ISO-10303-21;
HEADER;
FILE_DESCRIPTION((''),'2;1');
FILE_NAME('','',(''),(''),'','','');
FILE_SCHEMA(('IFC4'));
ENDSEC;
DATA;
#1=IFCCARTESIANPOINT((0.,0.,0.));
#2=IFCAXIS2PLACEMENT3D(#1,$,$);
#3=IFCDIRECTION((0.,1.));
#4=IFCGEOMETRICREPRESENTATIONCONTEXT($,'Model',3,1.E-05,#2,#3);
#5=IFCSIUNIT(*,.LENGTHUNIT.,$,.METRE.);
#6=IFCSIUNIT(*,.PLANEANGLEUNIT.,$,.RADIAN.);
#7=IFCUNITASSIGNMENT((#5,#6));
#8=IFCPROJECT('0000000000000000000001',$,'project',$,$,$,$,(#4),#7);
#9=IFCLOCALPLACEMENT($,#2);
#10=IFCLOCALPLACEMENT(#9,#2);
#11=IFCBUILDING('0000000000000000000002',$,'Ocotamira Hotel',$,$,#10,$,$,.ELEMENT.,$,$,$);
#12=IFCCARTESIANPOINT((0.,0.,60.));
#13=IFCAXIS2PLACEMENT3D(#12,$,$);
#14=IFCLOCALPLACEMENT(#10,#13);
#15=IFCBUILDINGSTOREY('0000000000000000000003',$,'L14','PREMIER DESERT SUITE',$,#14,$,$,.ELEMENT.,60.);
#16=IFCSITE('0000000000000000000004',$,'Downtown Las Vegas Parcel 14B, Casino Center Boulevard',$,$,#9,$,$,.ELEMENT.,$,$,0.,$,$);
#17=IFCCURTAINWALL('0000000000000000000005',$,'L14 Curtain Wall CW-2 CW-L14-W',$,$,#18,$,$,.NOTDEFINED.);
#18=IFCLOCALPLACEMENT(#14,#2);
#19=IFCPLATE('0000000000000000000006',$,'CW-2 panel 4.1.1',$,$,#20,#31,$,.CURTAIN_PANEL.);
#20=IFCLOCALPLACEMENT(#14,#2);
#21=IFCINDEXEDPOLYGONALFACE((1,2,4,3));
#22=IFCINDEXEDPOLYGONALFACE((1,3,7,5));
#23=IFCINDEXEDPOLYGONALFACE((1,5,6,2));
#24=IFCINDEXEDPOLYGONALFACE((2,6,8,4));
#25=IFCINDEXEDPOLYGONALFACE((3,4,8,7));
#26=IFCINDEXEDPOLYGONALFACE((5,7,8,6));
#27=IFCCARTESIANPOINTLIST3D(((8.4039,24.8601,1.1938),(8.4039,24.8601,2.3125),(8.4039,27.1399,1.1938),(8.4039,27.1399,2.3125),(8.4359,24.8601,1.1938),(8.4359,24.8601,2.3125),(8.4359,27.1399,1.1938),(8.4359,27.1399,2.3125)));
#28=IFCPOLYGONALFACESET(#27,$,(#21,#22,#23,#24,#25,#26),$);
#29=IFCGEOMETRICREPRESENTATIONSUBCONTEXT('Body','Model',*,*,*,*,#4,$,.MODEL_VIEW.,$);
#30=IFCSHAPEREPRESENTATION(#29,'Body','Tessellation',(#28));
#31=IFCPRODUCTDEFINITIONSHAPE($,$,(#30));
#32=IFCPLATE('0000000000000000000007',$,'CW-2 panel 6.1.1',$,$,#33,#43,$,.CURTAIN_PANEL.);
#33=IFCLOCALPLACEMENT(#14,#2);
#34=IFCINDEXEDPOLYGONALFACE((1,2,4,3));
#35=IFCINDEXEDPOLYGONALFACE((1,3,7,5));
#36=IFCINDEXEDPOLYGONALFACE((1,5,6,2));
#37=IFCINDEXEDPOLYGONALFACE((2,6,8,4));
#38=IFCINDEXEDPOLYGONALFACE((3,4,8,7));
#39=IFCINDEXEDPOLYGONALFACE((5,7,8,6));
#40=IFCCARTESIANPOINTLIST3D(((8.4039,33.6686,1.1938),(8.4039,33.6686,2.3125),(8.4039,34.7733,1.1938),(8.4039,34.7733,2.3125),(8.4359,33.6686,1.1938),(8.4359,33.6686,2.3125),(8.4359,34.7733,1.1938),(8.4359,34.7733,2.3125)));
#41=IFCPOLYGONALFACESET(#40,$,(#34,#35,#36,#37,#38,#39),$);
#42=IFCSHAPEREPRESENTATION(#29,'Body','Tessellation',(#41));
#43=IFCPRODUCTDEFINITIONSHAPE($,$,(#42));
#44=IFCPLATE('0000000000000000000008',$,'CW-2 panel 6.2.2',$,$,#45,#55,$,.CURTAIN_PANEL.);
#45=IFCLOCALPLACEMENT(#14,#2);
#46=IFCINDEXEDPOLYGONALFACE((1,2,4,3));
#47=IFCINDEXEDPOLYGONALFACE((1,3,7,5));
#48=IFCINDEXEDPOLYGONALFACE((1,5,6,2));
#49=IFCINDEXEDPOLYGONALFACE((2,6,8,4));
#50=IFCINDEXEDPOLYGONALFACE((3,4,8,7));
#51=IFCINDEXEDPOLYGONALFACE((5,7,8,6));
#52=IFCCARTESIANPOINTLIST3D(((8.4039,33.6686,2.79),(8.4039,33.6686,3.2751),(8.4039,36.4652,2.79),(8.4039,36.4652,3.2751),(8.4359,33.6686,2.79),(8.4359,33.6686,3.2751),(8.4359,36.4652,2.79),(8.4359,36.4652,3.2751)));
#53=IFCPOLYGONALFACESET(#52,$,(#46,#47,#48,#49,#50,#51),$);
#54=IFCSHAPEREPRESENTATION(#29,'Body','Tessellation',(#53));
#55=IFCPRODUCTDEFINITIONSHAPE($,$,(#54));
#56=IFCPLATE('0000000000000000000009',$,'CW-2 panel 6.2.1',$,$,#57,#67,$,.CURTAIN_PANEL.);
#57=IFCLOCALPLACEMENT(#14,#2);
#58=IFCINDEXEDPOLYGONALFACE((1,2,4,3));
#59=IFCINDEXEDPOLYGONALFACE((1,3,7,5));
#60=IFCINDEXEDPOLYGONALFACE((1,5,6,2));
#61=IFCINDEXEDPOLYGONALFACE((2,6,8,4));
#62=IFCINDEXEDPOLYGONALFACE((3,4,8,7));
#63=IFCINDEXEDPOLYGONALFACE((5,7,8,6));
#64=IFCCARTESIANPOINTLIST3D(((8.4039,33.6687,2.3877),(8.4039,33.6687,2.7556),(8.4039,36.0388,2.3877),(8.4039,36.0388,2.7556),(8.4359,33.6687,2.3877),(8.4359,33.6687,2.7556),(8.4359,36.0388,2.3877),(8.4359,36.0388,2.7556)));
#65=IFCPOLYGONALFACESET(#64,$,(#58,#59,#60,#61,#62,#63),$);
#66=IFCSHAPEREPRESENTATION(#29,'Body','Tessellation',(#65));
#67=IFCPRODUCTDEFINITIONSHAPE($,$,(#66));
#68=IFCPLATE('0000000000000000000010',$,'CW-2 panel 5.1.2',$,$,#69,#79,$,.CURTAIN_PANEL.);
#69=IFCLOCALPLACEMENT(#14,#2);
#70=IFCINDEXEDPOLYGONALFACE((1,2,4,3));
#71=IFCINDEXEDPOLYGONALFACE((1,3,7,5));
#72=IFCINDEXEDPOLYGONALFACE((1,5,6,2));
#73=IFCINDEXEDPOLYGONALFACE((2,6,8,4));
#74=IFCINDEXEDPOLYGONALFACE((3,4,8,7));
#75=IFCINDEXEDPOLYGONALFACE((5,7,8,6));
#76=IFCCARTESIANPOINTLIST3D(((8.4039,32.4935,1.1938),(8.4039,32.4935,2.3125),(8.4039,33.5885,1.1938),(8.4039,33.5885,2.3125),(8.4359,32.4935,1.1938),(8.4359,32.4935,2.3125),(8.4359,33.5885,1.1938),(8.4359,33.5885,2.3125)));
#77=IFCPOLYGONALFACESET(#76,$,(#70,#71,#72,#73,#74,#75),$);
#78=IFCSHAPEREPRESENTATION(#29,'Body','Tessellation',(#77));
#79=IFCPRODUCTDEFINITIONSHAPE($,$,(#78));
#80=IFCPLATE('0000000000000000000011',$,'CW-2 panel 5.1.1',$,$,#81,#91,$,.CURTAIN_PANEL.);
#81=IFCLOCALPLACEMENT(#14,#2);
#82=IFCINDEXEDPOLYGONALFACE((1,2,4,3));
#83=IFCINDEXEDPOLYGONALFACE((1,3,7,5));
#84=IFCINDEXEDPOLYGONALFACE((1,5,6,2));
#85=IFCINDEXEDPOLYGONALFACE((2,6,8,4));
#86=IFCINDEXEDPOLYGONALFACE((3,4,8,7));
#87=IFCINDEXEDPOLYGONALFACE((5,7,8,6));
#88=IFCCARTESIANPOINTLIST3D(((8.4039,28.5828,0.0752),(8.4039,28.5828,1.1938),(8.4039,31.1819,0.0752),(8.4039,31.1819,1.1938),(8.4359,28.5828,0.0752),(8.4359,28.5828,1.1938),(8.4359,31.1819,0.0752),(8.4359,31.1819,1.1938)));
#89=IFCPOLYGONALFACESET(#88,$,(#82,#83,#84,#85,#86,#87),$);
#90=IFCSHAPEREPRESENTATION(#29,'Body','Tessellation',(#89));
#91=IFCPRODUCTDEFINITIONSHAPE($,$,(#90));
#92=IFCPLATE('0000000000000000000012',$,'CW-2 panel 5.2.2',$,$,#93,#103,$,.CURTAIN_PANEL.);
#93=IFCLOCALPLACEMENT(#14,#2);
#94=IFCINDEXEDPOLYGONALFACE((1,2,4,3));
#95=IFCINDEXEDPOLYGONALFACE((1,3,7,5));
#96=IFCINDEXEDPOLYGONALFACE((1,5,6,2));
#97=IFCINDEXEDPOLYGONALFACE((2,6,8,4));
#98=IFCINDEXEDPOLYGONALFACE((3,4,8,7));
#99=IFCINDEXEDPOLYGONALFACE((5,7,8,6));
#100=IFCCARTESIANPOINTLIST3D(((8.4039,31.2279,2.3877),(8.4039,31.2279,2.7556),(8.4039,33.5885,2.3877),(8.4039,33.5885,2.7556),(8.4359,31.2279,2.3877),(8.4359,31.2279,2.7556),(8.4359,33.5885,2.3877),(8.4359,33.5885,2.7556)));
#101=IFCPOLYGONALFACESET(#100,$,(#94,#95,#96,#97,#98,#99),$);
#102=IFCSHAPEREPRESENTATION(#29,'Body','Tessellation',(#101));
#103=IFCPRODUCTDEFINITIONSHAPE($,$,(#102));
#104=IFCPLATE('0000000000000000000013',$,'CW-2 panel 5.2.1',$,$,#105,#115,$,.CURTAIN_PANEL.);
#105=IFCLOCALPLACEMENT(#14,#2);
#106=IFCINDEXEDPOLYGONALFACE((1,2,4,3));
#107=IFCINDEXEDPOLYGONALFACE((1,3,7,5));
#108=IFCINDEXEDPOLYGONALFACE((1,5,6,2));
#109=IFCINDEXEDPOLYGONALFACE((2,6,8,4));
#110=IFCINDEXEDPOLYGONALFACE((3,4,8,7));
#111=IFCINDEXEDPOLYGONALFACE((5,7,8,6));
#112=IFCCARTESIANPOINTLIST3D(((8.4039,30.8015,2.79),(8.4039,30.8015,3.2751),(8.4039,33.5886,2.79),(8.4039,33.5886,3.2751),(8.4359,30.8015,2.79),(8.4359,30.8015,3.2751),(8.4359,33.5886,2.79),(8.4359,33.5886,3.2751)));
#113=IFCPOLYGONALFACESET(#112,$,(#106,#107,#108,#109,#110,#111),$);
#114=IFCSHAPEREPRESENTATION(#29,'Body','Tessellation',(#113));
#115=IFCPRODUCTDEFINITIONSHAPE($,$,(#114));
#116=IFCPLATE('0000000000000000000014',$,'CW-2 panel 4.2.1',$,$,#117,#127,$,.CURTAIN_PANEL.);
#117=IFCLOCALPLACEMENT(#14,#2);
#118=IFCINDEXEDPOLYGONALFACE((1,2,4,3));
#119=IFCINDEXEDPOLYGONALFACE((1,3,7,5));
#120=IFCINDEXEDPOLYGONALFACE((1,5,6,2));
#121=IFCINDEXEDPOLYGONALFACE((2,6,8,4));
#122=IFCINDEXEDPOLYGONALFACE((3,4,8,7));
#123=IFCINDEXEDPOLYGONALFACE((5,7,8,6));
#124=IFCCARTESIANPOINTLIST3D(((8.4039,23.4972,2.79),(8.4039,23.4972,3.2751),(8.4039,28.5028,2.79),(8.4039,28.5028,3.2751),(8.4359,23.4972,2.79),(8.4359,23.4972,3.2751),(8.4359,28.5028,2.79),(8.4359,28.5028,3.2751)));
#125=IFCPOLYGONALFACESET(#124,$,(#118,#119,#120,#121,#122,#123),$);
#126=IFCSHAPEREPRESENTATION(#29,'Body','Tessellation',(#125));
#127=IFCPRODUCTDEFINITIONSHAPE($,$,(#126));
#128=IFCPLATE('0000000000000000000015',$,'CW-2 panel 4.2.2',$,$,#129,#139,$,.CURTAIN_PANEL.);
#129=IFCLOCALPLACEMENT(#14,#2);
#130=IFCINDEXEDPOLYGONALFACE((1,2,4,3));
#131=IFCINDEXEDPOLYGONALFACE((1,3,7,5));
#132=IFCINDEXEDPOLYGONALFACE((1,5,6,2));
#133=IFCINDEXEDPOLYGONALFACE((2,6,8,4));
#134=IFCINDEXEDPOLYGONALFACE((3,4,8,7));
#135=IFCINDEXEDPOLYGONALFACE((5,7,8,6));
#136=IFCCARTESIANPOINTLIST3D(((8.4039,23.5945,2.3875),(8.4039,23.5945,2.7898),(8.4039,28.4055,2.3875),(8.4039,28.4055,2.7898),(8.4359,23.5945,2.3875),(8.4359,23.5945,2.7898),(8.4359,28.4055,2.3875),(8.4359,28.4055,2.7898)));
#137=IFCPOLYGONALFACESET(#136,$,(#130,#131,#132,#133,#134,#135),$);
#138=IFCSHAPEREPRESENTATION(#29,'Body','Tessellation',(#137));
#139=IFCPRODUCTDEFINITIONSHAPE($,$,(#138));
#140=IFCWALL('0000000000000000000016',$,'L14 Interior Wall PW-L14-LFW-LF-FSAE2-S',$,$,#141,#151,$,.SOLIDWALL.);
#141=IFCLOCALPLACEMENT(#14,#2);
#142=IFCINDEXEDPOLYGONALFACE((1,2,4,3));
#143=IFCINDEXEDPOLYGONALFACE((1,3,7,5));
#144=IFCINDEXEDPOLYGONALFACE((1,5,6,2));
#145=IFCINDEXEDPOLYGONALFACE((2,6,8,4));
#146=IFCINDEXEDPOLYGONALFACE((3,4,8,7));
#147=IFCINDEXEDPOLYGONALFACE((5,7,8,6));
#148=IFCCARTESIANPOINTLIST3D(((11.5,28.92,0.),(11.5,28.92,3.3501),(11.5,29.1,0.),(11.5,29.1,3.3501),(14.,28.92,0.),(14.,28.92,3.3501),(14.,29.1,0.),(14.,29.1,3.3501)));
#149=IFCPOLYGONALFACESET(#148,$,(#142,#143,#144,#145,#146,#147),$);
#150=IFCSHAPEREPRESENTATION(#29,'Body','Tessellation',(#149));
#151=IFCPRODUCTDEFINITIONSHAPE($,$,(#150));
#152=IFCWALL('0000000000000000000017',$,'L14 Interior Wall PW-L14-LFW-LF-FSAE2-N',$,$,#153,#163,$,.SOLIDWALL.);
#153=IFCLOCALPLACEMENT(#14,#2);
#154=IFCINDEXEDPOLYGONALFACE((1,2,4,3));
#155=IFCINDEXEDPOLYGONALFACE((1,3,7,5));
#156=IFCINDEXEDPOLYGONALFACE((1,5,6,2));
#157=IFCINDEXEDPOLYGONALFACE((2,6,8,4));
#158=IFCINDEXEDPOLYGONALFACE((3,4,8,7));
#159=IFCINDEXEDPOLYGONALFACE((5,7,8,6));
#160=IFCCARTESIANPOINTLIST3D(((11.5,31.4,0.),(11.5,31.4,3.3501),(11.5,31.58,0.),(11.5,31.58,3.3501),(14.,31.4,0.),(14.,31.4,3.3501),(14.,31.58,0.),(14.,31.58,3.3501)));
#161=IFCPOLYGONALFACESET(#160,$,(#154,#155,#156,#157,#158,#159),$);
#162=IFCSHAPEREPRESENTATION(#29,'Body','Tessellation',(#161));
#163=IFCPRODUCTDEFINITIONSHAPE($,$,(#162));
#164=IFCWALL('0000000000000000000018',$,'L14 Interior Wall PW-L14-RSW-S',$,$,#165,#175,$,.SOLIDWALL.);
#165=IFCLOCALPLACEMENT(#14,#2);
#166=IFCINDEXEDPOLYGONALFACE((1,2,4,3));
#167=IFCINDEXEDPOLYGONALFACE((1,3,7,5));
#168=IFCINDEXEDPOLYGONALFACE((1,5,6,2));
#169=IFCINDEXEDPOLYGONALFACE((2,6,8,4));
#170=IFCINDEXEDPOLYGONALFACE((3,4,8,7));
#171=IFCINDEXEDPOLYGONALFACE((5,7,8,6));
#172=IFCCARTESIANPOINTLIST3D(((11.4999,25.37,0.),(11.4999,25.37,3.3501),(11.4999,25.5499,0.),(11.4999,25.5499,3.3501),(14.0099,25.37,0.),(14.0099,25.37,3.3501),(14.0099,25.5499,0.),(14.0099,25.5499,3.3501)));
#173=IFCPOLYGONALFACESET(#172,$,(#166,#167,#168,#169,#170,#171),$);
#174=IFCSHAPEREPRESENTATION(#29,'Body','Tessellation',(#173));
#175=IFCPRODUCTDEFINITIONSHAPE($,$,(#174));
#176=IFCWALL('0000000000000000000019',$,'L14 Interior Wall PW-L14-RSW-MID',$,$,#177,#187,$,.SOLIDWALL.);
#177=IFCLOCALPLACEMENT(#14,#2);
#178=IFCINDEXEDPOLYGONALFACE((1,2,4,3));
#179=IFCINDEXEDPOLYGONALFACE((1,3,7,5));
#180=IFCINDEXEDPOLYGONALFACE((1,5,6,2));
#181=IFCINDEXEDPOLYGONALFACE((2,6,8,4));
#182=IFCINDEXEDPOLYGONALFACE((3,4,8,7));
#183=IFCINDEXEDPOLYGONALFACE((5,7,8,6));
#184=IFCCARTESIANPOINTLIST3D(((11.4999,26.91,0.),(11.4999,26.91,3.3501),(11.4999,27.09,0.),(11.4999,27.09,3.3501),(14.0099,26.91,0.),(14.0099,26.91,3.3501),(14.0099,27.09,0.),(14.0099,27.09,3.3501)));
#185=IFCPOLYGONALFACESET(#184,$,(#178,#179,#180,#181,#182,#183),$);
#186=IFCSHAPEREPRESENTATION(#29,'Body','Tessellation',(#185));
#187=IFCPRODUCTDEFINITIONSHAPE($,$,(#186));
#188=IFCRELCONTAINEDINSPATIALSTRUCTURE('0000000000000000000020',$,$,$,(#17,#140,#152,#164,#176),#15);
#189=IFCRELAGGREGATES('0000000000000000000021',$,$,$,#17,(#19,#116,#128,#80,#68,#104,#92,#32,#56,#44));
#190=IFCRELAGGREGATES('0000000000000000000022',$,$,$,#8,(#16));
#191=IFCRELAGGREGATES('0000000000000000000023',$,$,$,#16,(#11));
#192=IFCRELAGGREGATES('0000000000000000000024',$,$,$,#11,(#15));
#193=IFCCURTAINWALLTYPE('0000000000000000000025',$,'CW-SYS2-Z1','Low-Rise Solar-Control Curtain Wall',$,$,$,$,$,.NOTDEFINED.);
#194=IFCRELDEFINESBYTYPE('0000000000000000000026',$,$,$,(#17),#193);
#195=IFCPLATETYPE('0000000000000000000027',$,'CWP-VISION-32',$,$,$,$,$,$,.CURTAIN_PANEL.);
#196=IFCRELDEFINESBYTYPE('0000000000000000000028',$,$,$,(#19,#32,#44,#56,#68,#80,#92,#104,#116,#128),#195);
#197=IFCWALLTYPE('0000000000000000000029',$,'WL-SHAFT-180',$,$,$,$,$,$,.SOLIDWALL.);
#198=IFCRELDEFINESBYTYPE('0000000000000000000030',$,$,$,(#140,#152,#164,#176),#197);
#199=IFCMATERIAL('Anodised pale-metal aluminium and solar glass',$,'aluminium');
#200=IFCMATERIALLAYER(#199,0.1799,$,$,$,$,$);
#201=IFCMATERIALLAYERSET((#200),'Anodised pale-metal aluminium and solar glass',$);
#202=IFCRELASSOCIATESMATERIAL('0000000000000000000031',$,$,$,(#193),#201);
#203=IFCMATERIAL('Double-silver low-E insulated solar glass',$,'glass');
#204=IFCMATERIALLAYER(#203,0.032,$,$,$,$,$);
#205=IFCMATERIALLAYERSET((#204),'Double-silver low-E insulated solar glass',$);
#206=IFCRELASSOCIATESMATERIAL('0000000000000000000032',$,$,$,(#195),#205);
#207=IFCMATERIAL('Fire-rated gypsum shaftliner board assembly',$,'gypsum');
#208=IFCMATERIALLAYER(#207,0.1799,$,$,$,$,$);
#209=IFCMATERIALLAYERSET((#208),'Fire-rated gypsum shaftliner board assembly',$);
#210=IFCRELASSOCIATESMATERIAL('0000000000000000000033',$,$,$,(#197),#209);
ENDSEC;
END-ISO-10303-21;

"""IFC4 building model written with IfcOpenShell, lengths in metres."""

from ifc_helpers import new_model, si_unit, direction, frame, frame_2d, origin, origin_2d, place, context, subcontext, project, spatial, rectangle, extrude, source, transform, mapped, material, layer, layer_set, type_object, element, aggregate, save


model = new_model("IFC4")

# Units and contexts
model_context = context("Model", 3, precision=1e-05, world=origin(), true_north=direction((0.0, 1.0)))
body_context = subcontext(model_context, "Body", "Model", "MODEL_VIEW")
ifc_project = project(units=[si_unit("LENGTHUNIT", "METRE"), si_unit("PLANEANGLEUNIT", "RADIAN")], contexts=[model_context])

# Site, building, storey
site_placement = place(None, origin())
site = spatial("IfcSite", under=ifc_project, at=site_placement, Name="Downtown Las Vegas Parcel 14B, Casino Center Boulevard", CompositionType="ELEMENT", RefElevation=0.0)
building_placement = place(site_placement, origin())
building = spatial("IfcBuilding", under=site, at=building_placement, Name="Ocotamira Hotel", CompositionType="ELEMENT")
storey_placement = place(building_placement, frame((0.0, 0.0, 60.0)))
storey = spatial("IfcBuildingStorey", under=building, at=storey_placement, Name="L14", Description="PREMIER DESERT SUITE", CompositionType="ELEMENT", Elevation=60.0)

# Curtain wall
ifc_material_1 = material(Name="Anodised pale-metal aluminium and solar glass", Category="aluminium")
ifc_layer_1 = layer(ifc_material_1, 0.1799)
ifc_layer_set_1 = layer_set([ifc_layer_1], Name="Anodised pale-metal aluminium and solar glass")
curtain_wall_type = type_object("IfcCurtainWallType", Name="CW-SYS2-Z1", Description="Low-Rise Solar-Control Curtain Wall", PredefinedType="NOTDEFINED", material=ifc_layer_set_1)
curtain_wall_placement = place(storey_placement, origin())
curtain_wall = element("IfcCurtainWall", 1, at=curtain_wall_placement, inside=storey, type_object=curtain_wall_type, Name="L14 Curtain Wall CW-2 CW-L14-W", PredefinedType="NOTDEFINED")

# Plates
ifc_material_2 = material(Name="Double-silver low-E insulated solar glass", Category="glass")
ifc_layer_2 = layer(ifc_material_2, 0.032)
ifc_layer_set_2 = layer_set([ifc_layer_2], Name="Double-silver low-E insulated solar glass")
plate_type_1 = type_object("IfcPlateType", Name="CWP-VISION-32", PredefinedType="CURTAIN_PANEL", material=ifc_layer_set_2)
shared_shape_1 = source(origin(), body_context, "Body", "SweptSolid", [
    extrude(rectangle(XDim=2.2798, YDim=0.032, at=origin_2d()), origin(), (0.0, 0.0, 1.0), 1.1187),
])
plate_1_placement = place(storey_placement, frame((8.4199, 26.0, 1.1938), z_axis=(0.0, 0.0, 1.0), x_axis=(0.0, 1.0, 0.0)))
plate_1 = element("IfcPlate", 2, at=plate_1_placement, type_object=plate_type_1, Name="CW-2 panel 4.1.1", PredefinedType="CURTAIN_PANEL", context=body_context, shape_type="MappedRepresentation", body=[
    mapped(shared_shape_1, transform((0.0, 0.0, 0.0), scale=1.0)),
])
shared_shape_2 = source(origin(), body_context, "Body", "SweptSolid", [
    extrude(rectangle(XDim=1.1047, YDim=0.032, at=origin_2d()), origin(), (0.0, 0.0, 1.0), 1.1187),
])
plate_2_placement = place(storey_placement, frame((8.4199, 34.2209, 1.1938), z_axis=(0.0, 0.0, 1.0), x_axis=(0.0, 1.0, 0.0)))
plate_2 = element("IfcPlate", 3, at=plate_2_placement, type_object=plate_type_1, Name="CW-2 panel 6.1.1", PredefinedType="CURTAIN_PANEL", context=body_context, shape_type="MappedRepresentation", body=[
    mapped(shared_shape_2, transform((0.0, 0.0, 0.0), scale=1.0)),
])
shared_shape_3 = source(origin(), body_context, "Body", "SweptSolid", [
    extrude(rectangle(XDim=2.7966, YDim=0.032, at=origin_2d()), origin(), (0.0, 0.0, 1.0), 0.4851),
])
plate_3_placement = place(storey_placement, frame((8.4199, 35.0669, 2.79), z_axis=(0.0, 0.0, 1.0), x_axis=(0.0, 1.0, 0.0)))
plate_3 = element("IfcPlate", 4, at=plate_3_placement, type_object=plate_type_1, Name="CW-2 panel 6.2.2", PredefinedType="CURTAIN_PANEL", context=body_context, shape_type="MappedRepresentation", body=[
    mapped(shared_shape_3, transform((0.0, 0.0, 0.0), scale=1.0)),
])
shared_shape_4 = source(origin(), body_context, "Body", "SweptSolid", [
    extrude(rectangle(XDim=2.3701, YDim=0.032, at=origin_2d()), origin(), (0.0, 0.0, 1.0), 0.3679),
])
plate_4_placement = place(storey_placement, frame((8.4199, 34.8538, 2.3877), z_axis=(0.0, 0.0, 1.0), x_axis=(0.0, 1.0, 0.0)))
plate_4 = element("IfcPlate", 5, at=plate_4_placement, type_object=plate_type_1, Name="CW-2 panel 6.2.1", PredefinedType="CURTAIN_PANEL", context=body_context, shape_type="MappedRepresentation", body=[
    mapped(shared_shape_4, transform((0.0, 0.0, 0.0), scale=1.0)),
])
shared_shape_5 = source(origin(), body_context, "Body", "SweptSolid", [
    extrude(rectangle(XDim=1.095, YDim=0.032, at=origin_2d()), origin(), (0.0, 0.0, 1.0), 1.1187),
])
plate_5_placement = place(storey_placement, frame((8.4199, 33.041, 1.1938), z_axis=(0.0, 0.0, 1.0), x_axis=(0.0, 1.0, 0.0)))
plate_5 = element("IfcPlate", 6, at=plate_5_placement, type_object=plate_type_1, Name="CW-2 panel 5.1.2", PredefinedType="CURTAIN_PANEL", context=body_context, shape_type="MappedRepresentation", body=[
    mapped(shared_shape_5, transform((0.0, 0.0, 0.0), scale=1.0)),
])
shared_shape_6 = source(origin(), body_context, "Body", "SweptSolid", [
    extrude(rectangle(XDim=2.5991, YDim=0.032, at=origin_2d()), origin(), (0.0, 0.0, 1.0), 1.1187),
])
plate_6_placement = place(storey_placement, frame((8.4199, 29.8823, 0.0752), z_axis=(0.0, 0.0, 1.0), x_axis=(0.0, 1.0, 0.0)))
plate_6 = element("IfcPlate", 7, at=plate_6_placement, type_object=plate_type_1, Name="CW-2 panel 5.1.1", PredefinedType="CURTAIN_PANEL", context=body_context, shape_type="MappedRepresentation", body=[
    mapped(shared_shape_6, transform((0.0, 0.0, 0.0), scale=1.0)),
])
shared_shape_7 = source(origin(), body_context, "Body", "SweptSolid", [
    extrude(rectangle(XDim=2.3606, YDim=0.032, at=origin_2d()), origin(), (0.0, 0.0, 1.0), 0.3679),
])
plate_7_placement = place(storey_placement, frame((8.4199, 32.4082, 2.3877), z_axis=(0.0, 0.0, 1.0), x_axis=(0.0, 1.0, 0.0)))
plate_7 = element("IfcPlate", 8, at=plate_7_placement, type_object=plate_type_1, Name="CW-2 panel 5.2.2", PredefinedType="CURTAIN_PANEL", context=body_context, shape_type="MappedRepresentation", body=[
    mapped(shared_shape_7, transform((0.0, 0.0, 0.0), scale=1.0)),
])
shared_shape_8 = source(origin(), body_context, "Body", "SweptSolid", [
    extrude(rectangle(XDim=2.7871, YDim=0.032, at=origin_2d()), origin(), (0.0, 0.0, 1.0), 0.4851),
])
plate_8_placement = place(storey_placement, frame((8.4199, 32.1951, 2.79), z_axis=(0.0, 0.0, 1.0), x_axis=(0.0, 1.0, 0.0)))
plate_8 = element("IfcPlate", 9, at=plate_8_placement, type_object=plate_type_1, Name="CW-2 panel 5.2.1", PredefinedType="CURTAIN_PANEL", context=body_context, shape_type="MappedRepresentation", body=[
    mapped(shared_shape_8, transform((0.0, 0.0, 0.0), scale=1.0)),
])
shared_shape_9 = source(origin(), body_context, "Body", "SweptSolid", [
    extrude(rectangle(XDim=5.0056, YDim=0.032, at=origin_2d()), origin(), (0.0, 0.0, 1.0), 0.4851),
])
plate_9_placement = place(storey_placement, frame((8.4199, 26.0, 2.79), z_axis=(0.0, 0.0, 1.0), x_axis=(0.0, 1.0, 0.0)))
plate_9 = element("IfcPlate", 10, at=plate_9_placement, type_object=plate_type_1, Name="CW-2 panel 4.2.1", PredefinedType="CURTAIN_PANEL", context=body_context, shape_type="MappedRepresentation", body=[
    mapped(shared_shape_9, transform((0.0, 0.0, 0.0), scale=1.0)),
])
shared_shape_10 = source(origin(), body_context, "Body", "SweptSolid", [
    extrude(rectangle(XDim=4.811, YDim=0.032, at=origin_2d()), origin(), (0.0, 0.0, 1.0), 0.4023),
])
plate_10_placement = place(storey_placement, frame((8.4199, 26.0, 2.3875), z_axis=(0.0, 0.0, 1.0), x_axis=(0.0, 1.0, 0.0)))
plate_10 = element("IfcPlate", 11, at=plate_10_placement, type_object=plate_type_1, Name="CW-2 panel 4.2.2", PredefinedType="CURTAIN_PANEL", context=body_context, shape_type="MappedRepresentation", body=[
    mapped(shared_shape_10, transform((0.0, 0.0, 0.0), scale=1.0)),
])
aggregate(curtain_wall, [plate_1, plate_9, plate_10, plate_6, plate_5, plate_8, plate_7, plate_2, plate_4, plate_3])

# Walls
ifc_material_3 = material(Name="Fire-rated gypsum shaftliner board assembly", Category="gypsum")
ifc_layer_3 = layer(ifc_material_3, 0.1799)
ifc_layer_set_3 = layer_set([ifc_layer_3], Name="Fire-rated gypsum shaftliner board assembly")
wall_type_1 = type_object("IfcWallType", Name="WL-SHAFT-180", PredefinedType="SOLIDWALL", material=ifc_layer_set_3)
for number, where, z_axis, x_axis, name in (
    (12, (11.5, 29.01, 0.0), (0.0, 0.0, 1.0), (1.0, 0.0, 0.0), "L14 Interior Wall PW-L14-LFW-LF-FSAE2-S"),
    (13, (11.5, 31.49, 0.0), (0.0, 0.0, 1.0), (1.0, 0.0, 0.0), "L14 Interior Wall PW-L14-LFW-LF-FSAE2-N"),
):
    element("IfcWall", number, at=place(storey_placement, frame(where, z_axis=z_axis, x_axis=x_axis)), inside=storey, type_object=wall_type_1, Name=name, PredefinedType="SOLIDWALL", context=body_context, shape_type="SweptSolid", body=[
        extrude(rectangle(XDim=2.5, YDim=0.1799, at=frame_2d((1.25, 0.0))), origin(), (0.0, 0.0, 1.0), 3.3501),
    ])
for number, where, z_axis, x_axis, name in (
    (14, (11.5, 25.46, 0.0), (0.0, 0.0, 1.0), (1.0, 0.0, 0.0), "L14 Interior Wall PW-L14-RSW-S"),
    (15, (11.5, 27.0, 0.0), (0.0, 0.0, 1.0), (1.0, 0.0, 0.0), "L14 Interior Wall PW-L14-RSW-MID"),
):
    element("IfcWall", number, at=place(storey_placement, frame(where, z_axis=z_axis, x_axis=x_axis)), inside=storey, type_object=wall_type_1, Name=name, PredefinedType="SOLIDWALL", context=body_context, shape_type="SweptSolid", body=[
        extrude(rectangle(XDim=2.51, YDim=0.1799, at=frame_2d((1.2549, 0.0))), origin(), (0.0, 0.0, 1.0), 3.3501),
    ])

save(model, "model.ifc")
